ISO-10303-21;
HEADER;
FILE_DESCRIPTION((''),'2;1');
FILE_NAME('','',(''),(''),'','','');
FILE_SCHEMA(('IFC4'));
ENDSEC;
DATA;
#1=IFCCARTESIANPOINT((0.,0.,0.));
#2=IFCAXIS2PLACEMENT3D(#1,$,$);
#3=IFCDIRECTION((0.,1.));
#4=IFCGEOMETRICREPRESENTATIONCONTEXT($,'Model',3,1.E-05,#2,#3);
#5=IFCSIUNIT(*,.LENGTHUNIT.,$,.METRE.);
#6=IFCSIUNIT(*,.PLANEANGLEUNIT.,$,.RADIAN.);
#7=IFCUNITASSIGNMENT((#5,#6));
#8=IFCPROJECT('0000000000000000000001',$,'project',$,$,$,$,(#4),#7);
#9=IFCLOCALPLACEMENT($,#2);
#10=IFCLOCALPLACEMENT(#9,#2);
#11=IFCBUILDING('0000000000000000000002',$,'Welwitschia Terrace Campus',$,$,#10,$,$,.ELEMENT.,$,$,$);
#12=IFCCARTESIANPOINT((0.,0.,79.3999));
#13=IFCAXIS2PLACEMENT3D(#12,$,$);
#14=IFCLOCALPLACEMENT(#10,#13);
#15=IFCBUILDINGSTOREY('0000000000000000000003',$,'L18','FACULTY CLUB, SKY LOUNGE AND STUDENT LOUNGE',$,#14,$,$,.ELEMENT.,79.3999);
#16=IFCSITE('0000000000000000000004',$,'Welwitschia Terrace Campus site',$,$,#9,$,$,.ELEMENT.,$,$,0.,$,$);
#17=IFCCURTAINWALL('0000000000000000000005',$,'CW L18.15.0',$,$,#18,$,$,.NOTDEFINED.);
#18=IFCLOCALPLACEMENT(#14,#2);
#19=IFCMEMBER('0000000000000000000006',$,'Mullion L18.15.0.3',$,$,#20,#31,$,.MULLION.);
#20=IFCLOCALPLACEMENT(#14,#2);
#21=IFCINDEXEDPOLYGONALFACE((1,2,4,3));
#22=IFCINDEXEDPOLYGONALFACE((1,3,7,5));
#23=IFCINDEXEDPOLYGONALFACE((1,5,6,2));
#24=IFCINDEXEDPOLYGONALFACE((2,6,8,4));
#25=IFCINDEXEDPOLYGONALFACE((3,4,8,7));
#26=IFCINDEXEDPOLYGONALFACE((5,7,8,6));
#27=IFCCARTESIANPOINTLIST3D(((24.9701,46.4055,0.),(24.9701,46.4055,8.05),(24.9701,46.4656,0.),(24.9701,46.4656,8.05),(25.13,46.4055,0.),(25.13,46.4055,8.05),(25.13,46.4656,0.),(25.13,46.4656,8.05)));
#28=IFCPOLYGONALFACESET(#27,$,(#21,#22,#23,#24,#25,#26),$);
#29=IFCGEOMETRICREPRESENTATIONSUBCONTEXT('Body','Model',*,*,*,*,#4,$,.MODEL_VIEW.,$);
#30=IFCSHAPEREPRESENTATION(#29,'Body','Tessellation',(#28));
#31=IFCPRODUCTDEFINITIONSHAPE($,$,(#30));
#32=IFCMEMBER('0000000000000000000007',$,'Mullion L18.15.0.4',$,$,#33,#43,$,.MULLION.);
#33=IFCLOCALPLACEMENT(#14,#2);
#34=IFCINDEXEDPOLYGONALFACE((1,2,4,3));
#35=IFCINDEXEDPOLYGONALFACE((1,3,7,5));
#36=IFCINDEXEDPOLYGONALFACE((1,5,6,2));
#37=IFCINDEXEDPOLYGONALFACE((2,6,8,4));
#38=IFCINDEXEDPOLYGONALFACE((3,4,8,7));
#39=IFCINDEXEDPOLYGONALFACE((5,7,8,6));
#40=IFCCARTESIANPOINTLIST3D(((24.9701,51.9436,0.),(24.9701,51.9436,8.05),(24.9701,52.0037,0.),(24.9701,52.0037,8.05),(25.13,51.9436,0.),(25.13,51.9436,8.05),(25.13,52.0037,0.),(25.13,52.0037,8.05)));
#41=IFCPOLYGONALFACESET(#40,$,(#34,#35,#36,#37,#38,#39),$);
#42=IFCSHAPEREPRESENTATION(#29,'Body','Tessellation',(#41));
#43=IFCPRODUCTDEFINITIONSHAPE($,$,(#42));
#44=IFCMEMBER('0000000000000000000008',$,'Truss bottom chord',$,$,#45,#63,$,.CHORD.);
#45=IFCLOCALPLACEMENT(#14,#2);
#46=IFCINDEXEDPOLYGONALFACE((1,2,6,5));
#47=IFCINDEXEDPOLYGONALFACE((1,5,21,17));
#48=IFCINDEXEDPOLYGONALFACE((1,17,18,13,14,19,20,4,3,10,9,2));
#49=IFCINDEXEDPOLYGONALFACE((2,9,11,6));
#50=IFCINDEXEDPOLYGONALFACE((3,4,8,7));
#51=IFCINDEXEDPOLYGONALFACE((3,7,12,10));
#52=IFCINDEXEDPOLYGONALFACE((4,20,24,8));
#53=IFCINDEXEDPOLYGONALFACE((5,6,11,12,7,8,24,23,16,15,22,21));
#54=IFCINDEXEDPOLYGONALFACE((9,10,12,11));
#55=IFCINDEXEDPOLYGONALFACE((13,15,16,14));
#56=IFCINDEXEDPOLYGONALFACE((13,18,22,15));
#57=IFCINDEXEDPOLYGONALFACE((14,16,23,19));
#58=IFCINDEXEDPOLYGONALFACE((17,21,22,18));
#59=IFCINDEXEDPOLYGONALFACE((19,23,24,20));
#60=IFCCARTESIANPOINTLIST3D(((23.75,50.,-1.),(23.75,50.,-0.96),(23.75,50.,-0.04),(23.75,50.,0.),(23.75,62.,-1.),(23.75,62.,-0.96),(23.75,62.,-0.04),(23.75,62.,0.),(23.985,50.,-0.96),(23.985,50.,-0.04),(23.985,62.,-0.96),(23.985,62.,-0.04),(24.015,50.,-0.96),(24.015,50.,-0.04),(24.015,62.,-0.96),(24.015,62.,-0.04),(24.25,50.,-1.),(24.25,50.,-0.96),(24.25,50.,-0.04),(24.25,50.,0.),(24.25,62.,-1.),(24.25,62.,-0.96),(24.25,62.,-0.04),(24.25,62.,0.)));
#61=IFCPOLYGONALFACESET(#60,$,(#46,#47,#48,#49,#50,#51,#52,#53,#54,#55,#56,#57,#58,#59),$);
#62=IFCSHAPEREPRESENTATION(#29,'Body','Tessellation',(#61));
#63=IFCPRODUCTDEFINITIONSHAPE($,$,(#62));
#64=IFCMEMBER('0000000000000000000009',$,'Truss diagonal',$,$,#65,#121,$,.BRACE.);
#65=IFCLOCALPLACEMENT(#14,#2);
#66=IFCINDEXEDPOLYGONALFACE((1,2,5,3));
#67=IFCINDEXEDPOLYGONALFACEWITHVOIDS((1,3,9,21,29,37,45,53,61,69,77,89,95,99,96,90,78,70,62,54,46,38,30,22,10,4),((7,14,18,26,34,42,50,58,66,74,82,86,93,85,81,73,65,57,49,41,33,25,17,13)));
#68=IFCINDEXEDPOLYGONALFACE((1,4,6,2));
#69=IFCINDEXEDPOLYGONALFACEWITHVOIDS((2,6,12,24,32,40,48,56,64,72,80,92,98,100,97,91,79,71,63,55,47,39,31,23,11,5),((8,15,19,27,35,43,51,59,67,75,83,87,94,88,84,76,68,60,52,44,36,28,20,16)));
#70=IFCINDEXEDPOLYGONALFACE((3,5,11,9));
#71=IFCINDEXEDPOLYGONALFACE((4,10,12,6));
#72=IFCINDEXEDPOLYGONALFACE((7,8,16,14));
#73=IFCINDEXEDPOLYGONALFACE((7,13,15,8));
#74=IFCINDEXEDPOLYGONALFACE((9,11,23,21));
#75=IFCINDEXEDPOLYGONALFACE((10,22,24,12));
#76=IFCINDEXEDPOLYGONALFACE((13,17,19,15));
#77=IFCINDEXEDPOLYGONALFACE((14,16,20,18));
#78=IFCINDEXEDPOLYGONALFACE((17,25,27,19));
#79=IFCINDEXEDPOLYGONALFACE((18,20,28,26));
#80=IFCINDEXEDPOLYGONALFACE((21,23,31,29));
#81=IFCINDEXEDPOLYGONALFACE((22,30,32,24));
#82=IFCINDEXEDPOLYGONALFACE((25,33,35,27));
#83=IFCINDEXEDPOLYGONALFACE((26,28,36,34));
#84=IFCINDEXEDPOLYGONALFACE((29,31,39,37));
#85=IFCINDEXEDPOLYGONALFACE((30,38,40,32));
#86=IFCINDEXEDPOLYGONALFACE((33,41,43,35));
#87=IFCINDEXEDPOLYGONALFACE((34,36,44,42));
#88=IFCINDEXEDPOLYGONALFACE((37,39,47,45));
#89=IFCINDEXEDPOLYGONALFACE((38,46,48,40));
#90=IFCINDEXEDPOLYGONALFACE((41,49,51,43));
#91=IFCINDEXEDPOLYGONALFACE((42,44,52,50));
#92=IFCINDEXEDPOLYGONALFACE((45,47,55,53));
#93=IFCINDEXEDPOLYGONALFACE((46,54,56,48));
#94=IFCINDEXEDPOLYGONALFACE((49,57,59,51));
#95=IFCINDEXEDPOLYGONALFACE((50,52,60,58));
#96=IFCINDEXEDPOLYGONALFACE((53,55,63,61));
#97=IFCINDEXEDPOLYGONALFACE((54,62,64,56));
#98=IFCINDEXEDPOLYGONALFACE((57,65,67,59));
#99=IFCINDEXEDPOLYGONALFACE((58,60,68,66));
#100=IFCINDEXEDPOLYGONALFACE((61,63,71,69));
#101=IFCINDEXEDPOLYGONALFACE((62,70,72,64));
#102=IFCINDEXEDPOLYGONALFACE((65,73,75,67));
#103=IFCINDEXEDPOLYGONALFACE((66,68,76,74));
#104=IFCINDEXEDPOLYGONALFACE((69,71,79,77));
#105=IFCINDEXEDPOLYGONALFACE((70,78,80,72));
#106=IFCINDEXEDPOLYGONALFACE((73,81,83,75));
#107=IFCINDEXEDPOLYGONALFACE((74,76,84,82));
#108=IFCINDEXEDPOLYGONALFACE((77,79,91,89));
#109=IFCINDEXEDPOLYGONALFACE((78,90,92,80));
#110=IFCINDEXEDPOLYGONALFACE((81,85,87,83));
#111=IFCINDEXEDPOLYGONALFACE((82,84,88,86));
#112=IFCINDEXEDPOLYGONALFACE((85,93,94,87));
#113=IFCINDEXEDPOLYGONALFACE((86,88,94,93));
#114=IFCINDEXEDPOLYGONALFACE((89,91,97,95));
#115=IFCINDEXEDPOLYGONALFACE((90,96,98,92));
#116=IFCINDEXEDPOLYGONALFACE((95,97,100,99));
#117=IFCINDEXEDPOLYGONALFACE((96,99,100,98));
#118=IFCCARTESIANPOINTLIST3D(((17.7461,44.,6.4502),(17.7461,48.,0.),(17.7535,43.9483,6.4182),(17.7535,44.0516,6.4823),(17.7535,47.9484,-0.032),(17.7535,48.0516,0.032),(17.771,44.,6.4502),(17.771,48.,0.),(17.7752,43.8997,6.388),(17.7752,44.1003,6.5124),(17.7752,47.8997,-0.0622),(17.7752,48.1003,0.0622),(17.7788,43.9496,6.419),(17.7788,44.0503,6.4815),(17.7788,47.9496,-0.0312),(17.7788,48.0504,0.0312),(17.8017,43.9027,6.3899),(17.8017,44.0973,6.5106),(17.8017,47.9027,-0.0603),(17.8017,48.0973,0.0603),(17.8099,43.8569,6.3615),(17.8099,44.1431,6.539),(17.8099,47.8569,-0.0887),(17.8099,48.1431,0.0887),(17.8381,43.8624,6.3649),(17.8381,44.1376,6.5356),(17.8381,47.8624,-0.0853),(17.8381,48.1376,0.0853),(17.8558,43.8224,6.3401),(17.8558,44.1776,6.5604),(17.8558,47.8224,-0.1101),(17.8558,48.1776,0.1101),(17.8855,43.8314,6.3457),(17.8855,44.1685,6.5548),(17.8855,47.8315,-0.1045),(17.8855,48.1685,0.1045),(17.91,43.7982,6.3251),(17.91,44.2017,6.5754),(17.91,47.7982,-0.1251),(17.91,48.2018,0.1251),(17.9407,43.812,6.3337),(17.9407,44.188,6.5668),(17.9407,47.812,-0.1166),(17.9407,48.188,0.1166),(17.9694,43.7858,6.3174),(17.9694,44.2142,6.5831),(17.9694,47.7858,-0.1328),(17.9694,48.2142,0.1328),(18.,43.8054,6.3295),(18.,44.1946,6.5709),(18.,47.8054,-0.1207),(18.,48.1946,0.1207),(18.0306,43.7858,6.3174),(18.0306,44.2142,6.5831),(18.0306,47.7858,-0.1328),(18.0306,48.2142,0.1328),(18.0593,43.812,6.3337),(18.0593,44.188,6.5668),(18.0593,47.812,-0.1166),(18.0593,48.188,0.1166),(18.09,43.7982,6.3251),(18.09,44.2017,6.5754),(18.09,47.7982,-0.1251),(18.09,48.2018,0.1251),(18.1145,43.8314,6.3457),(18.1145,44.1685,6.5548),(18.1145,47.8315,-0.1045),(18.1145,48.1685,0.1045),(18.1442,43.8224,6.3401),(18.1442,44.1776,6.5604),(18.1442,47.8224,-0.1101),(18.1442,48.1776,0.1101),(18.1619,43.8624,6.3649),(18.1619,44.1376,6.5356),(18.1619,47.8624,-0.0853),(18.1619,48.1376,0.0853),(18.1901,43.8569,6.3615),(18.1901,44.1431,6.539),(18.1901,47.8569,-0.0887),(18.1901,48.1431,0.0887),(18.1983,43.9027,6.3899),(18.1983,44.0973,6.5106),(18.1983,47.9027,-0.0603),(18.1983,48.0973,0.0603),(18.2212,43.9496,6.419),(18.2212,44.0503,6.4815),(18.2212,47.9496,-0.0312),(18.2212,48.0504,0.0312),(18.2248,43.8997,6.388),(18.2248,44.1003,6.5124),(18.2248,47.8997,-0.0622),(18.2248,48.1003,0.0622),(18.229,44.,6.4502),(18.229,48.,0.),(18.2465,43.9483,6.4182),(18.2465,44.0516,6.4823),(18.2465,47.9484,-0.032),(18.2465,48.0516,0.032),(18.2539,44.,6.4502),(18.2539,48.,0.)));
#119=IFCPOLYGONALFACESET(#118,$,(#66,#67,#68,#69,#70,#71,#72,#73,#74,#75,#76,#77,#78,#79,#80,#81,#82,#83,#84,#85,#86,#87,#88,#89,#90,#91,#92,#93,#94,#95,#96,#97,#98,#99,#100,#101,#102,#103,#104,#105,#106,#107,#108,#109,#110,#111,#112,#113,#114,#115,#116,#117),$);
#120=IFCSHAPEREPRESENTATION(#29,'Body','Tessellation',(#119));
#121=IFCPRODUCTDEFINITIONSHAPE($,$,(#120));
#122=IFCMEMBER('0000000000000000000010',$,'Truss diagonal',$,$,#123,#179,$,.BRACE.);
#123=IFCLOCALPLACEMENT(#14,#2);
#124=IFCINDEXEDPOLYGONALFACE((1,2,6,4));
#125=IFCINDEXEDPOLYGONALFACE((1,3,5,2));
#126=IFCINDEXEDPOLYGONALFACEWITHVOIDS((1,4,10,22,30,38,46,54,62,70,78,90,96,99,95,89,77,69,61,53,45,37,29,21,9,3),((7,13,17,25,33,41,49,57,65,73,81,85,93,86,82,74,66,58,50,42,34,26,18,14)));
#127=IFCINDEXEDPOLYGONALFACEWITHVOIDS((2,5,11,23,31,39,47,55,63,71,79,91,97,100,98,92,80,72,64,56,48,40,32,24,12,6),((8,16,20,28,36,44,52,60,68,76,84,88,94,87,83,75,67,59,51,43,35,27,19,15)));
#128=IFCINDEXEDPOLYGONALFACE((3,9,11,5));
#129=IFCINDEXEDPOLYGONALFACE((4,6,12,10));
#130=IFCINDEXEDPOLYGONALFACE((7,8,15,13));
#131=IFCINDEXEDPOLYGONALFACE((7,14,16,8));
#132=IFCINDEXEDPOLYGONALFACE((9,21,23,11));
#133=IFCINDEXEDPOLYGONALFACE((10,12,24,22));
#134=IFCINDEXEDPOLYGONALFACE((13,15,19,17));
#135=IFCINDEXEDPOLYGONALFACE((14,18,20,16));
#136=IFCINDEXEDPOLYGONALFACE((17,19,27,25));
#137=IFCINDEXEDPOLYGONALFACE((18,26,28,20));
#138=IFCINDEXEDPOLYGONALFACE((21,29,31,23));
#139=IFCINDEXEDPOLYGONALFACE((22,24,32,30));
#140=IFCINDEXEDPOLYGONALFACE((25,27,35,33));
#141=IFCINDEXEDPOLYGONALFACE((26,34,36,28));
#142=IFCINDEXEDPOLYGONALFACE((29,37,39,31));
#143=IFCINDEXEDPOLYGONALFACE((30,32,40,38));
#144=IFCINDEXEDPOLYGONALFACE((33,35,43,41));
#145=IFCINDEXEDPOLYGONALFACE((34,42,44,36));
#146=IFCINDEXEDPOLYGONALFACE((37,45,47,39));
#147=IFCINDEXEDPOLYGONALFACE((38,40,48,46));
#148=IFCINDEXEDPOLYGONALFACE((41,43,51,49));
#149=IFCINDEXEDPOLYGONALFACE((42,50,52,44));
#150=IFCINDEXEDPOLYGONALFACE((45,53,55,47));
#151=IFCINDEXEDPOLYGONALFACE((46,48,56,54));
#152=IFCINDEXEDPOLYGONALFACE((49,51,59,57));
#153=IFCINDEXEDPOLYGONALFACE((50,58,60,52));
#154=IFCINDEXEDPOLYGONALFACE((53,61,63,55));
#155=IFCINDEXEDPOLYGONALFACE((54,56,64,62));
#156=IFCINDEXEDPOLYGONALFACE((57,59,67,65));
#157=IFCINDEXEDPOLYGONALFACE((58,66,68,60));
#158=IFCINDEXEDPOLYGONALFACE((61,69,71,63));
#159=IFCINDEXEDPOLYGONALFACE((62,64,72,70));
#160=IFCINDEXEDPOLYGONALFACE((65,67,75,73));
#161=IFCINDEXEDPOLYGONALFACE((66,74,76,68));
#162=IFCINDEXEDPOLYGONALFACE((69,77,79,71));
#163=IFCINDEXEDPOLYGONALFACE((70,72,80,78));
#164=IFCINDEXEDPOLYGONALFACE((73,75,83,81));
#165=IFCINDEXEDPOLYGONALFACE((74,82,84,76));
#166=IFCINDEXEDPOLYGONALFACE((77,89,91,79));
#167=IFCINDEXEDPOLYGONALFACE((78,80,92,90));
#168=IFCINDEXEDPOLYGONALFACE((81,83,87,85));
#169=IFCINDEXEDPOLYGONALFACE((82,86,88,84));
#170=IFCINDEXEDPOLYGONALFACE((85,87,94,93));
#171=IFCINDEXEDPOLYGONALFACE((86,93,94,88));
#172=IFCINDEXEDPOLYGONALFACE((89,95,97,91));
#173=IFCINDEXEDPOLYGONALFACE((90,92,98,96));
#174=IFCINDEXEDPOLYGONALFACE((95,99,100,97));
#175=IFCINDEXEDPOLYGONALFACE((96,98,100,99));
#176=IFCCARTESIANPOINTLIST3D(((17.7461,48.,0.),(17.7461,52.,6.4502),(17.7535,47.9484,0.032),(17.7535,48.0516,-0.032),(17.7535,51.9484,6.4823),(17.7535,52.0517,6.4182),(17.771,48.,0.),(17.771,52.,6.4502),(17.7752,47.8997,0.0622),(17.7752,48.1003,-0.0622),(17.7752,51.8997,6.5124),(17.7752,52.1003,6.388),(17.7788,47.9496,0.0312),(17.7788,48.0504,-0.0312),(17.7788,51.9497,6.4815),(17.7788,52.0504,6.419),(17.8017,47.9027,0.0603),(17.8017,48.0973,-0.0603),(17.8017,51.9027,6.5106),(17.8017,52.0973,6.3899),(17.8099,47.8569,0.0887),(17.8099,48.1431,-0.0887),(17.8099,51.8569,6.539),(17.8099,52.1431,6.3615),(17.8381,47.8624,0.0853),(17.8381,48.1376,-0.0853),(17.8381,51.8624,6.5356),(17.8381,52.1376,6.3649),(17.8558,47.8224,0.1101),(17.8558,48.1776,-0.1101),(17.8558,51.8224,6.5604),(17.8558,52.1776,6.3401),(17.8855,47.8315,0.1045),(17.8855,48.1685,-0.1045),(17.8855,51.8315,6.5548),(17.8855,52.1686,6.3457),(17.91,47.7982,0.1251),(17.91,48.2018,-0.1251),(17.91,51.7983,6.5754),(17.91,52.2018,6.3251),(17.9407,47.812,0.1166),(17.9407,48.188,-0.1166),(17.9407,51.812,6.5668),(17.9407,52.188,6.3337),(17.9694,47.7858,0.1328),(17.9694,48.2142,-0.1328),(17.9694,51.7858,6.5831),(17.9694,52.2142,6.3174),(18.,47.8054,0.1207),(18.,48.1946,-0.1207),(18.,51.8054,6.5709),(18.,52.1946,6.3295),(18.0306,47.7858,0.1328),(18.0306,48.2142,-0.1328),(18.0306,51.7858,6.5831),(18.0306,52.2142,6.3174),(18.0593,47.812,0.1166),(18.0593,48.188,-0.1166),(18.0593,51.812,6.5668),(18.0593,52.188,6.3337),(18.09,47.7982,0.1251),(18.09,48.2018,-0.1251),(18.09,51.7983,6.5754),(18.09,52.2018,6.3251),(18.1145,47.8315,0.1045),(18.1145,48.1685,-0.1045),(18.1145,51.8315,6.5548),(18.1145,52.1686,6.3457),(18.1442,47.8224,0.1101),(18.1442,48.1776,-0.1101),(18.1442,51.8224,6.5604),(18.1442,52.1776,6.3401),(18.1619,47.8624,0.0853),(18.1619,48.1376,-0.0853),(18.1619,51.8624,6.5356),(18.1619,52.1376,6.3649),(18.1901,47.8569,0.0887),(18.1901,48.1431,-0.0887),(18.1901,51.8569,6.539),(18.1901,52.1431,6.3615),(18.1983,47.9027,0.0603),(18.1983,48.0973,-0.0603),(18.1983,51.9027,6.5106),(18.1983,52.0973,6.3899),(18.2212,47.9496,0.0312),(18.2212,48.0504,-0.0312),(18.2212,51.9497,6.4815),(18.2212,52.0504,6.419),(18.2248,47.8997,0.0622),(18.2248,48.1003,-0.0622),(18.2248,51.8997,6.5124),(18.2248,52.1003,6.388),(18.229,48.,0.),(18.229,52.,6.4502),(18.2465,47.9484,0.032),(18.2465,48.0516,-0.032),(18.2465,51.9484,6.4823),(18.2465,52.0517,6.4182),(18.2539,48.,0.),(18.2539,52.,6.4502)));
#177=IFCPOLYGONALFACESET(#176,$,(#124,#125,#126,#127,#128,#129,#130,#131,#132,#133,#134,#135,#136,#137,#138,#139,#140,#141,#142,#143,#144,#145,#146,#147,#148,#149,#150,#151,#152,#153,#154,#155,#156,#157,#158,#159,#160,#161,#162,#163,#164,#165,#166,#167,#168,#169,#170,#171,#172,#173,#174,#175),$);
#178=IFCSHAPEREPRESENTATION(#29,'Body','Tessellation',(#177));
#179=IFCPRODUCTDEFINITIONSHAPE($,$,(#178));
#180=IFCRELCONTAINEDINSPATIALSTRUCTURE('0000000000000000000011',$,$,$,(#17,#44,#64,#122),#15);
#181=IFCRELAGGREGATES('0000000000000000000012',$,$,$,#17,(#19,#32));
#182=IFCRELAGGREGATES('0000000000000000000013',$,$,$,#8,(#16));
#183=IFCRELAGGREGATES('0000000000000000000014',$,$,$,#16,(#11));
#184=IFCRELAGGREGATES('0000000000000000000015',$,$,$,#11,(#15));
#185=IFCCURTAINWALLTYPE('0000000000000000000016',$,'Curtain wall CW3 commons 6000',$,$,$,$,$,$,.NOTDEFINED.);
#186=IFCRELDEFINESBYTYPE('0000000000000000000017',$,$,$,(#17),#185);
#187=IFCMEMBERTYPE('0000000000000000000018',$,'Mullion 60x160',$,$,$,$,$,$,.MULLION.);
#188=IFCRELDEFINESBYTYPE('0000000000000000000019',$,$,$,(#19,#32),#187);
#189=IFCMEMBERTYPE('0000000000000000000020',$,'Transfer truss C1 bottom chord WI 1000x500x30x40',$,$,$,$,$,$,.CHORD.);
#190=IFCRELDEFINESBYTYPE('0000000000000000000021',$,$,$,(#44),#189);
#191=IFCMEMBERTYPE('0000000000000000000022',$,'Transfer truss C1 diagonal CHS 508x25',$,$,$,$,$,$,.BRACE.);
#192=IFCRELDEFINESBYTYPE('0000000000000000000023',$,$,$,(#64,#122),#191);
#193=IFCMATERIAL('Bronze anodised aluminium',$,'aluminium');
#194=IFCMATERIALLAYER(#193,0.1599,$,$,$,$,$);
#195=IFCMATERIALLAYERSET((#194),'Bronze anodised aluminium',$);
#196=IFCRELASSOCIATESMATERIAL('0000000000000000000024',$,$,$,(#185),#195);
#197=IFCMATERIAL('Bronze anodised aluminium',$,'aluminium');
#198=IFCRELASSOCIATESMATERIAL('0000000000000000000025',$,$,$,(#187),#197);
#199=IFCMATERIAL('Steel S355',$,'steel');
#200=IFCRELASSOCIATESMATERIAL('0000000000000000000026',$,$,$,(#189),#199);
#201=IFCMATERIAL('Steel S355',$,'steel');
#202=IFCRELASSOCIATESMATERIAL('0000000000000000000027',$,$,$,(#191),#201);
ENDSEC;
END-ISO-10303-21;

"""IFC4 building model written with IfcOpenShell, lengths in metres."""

from ifc_helpers import new_model, si_unit, direction, frame, origin, origin_2d, place, context, subcontext, project, spatial, rectangle, hollow_circle, i_section, extrude, material, layer, layer_set, material_profile, profile_set, type_object, element, aggregate, save


model = new_model("IFC4")

# Units and contexts
model_context = context("Model", 3, precision=1e-05, world=origin(), true_north=direction((0.0, 1.0)))
body_context = subcontext(model_context, "Body", "Model", "MODEL_VIEW")
ifc_project = project(units=[si_unit("LENGTHUNIT", "METRE"), si_unit("PLANEANGLEUNIT", "RADIAN")], contexts=[model_context])

# Site, building, storey
site_placement = place(None, origin())
site = spatial("IfcSite", under=ifc_project, at=site_placement, Name="Welwitschia Terrace Campus site", CompositionType="ELEMENT", RefElevation=0.0)
building_placement = place(site_placement, origin())
building = spatial("IfcBuilding", under=site, at=building_placement, Name="Welwitschia Terrace Campus", CompositionType="ELEMENT")
storey_placement = place(building_placement, frame((0.0, 0.0, 79.3999)))
storey = spatial("IfcBuildingStorey", under=building, at=storey_placement, Name="L18", Description="FACULTY CLUB, SKY LOUNGE AND STUDENT LOUNGE", CompositionType="ELEMENT", Elevation=79.3999)

# Curtain wall, members
ifc_material_1 = material(Name="Bronze anodised aluminium", Category="aluminium")
ifc_layer_1 = layer(ifc_material_1, 0.1599)
ifc_layer_set_1 = layer_set([ifc_layer_1], Name="Bronze anodised aluminium")
curtain_wall_type = type_object("IfcCurtainWallType", Name="Curtain wall CW3 commons 6000", PredefinedType="NOTDEFINED", material=ifc_layer_set_1)
curtain_wall_placement = place(storey_placement, origin())
curtain_wall = element("IfcCurtainWall", 1, at=curtain_wall_placement, inside=storey, type_object=curtain_wall_type, Name="CW L18.15.0", PredefinedType="NOTDEFINED")
ifc_material_2 = material(Name="Bronze anodised aluminium", Category="aluminium")
ifc_material_profile_1 = material_profile(ifc_material_2, rectangle(XDim=0.1599, YDim=0.0601, at=origin_2d()))
ifc_profile_set_1 = profile_set([ifc_material_profile_1], Name="Bronze anodised aluminium")
member_type_1 = type_object("IfcMemberType", Name="Mullion 60x160", PredefinedType="MULLION", material=ifc_profile_set_1)
member_1_placement = place(storey_placement, frame((25.05, 46.4355, 0.0), z_axis=(0.0, 0.0, 1.0), x_axis=(-1.0, 0.0, 0.0)))
member_1 = element("IfcMember", 2, at=member_1_placement, type_object=member_type_1, Name="Mullion L18.15.0.3", PredefinedType="MULLION", context=body_context, shape_type="SweptSolid", body=[
    extrude(rectangle(XDim=0.1599, YDim=0.0601, at=origin_2d()), origin(), (0.0, 0.0, 1.0), 8.05),
])
member_2_placement = place(storey_placement, frame((25.05, 51.9736, 0.0), z_axis=(0.0, 0.0, 1.0), x_axis=(-1.0, 0.0, 0.0)))
member_2 = element("IfcMember", 3, at=member_2_placement, type_object=member_type_1, Name="Mullion L18.15.0.4", PredefinedType="MULLION", context=body_context, shape_type="SweptSolid", body=[
    extrude(rectangle(XDim=0.1599, YDim=0.0601, at=origin_2d()), origin(), (0.0, 0.0, 1.0), 8.05),
])

# Members
ifc_material_3 = material(Name="Steel S355", Category="steel")
ifc_material_profile_2 = material_profile(ifc_material_3, i_section(OverallWidth=0.5, OverallDepth=1.0, WebThickness=0.03, FlangeThickness=0.04, at=origin_2d()))
ifc_profile_set_2 = profile_set([ifc_material_profile_2], Name="Steel S355")
member_type_2 = type_object("IfcMemberType", Name="Transfer truss C1 bottom chord WI 1000x500x30x40", PredefinedType="CHORD", material=ifc_profile_set_2)
member_3_placement = place(storey_placement, frame((24.0, 50.0, -0.5), z_axis=(0.0, 1.0, 0.0), x_axis=(-1.0, 0.0, 0.0)))
element("IfcMember", 4, at=member_3_placement, inside=storey, type_object=member_type_2, Name="Truss bottom chord", PredefinedType="CHORD", context=body_context, shape_type="SweptSolid", body=[
    extrude(i_section(OverallWidth=0.5, OverallDepth=1.0, WebThickness=0.03, FlangeThickness=0.04, at=origin_2d()), origin(), (0.0, 0.0, 1.0), 12.0),
])
ifc_material_4 = material(Name="Steel S355", Category="steel")
ifc_material_profile_3 = material_profile(ifc_material_4, hollow_circle(Radius=0.2539, WallThickness=0.0249, at=origin_2d()))
ifc_profile_set_3 = profile_set([ifc_material_profile_3], Name="Steel S355")
member_type_3 = type_object("IfcMemberType", Name="Transfer truss C1 diagonal CHS 508x25", PredefinedType="BRACE", material=ifc_profile_set_3)
for number, where, z_axis, x_axis, name in (
    (5, (18.0, 48.0, 0.0), (0.0, -0.527023, 0.849851), (1.0, 0.0, 0.0), "Truss diagonal"),
    (6, (18.0, 48.0, 0.0), (0.0, 0.527023, 0.849851), (-1.0, 0.0, 0.0), "Truss diagonal"),
):
    element("IfcMember", number, at=place(storey_placement, frame(where, z_axis=z_axis, x_axis=x_axis)), inside=storey, type_object=member_type_3, Name=name, PredefinedType="BRACE", context=body_context, shape_type="SweptSolid", body=[
        extrude(hollow_circle(Radius=0.2539, WallThickness=0.0249, at=origin_2d()), origin(), (0.0, 0.0, 1.0), 7.5898),
    ])

aggregate(curtain_wall, [member_1, member_2])

save(model, "model.ifc")
